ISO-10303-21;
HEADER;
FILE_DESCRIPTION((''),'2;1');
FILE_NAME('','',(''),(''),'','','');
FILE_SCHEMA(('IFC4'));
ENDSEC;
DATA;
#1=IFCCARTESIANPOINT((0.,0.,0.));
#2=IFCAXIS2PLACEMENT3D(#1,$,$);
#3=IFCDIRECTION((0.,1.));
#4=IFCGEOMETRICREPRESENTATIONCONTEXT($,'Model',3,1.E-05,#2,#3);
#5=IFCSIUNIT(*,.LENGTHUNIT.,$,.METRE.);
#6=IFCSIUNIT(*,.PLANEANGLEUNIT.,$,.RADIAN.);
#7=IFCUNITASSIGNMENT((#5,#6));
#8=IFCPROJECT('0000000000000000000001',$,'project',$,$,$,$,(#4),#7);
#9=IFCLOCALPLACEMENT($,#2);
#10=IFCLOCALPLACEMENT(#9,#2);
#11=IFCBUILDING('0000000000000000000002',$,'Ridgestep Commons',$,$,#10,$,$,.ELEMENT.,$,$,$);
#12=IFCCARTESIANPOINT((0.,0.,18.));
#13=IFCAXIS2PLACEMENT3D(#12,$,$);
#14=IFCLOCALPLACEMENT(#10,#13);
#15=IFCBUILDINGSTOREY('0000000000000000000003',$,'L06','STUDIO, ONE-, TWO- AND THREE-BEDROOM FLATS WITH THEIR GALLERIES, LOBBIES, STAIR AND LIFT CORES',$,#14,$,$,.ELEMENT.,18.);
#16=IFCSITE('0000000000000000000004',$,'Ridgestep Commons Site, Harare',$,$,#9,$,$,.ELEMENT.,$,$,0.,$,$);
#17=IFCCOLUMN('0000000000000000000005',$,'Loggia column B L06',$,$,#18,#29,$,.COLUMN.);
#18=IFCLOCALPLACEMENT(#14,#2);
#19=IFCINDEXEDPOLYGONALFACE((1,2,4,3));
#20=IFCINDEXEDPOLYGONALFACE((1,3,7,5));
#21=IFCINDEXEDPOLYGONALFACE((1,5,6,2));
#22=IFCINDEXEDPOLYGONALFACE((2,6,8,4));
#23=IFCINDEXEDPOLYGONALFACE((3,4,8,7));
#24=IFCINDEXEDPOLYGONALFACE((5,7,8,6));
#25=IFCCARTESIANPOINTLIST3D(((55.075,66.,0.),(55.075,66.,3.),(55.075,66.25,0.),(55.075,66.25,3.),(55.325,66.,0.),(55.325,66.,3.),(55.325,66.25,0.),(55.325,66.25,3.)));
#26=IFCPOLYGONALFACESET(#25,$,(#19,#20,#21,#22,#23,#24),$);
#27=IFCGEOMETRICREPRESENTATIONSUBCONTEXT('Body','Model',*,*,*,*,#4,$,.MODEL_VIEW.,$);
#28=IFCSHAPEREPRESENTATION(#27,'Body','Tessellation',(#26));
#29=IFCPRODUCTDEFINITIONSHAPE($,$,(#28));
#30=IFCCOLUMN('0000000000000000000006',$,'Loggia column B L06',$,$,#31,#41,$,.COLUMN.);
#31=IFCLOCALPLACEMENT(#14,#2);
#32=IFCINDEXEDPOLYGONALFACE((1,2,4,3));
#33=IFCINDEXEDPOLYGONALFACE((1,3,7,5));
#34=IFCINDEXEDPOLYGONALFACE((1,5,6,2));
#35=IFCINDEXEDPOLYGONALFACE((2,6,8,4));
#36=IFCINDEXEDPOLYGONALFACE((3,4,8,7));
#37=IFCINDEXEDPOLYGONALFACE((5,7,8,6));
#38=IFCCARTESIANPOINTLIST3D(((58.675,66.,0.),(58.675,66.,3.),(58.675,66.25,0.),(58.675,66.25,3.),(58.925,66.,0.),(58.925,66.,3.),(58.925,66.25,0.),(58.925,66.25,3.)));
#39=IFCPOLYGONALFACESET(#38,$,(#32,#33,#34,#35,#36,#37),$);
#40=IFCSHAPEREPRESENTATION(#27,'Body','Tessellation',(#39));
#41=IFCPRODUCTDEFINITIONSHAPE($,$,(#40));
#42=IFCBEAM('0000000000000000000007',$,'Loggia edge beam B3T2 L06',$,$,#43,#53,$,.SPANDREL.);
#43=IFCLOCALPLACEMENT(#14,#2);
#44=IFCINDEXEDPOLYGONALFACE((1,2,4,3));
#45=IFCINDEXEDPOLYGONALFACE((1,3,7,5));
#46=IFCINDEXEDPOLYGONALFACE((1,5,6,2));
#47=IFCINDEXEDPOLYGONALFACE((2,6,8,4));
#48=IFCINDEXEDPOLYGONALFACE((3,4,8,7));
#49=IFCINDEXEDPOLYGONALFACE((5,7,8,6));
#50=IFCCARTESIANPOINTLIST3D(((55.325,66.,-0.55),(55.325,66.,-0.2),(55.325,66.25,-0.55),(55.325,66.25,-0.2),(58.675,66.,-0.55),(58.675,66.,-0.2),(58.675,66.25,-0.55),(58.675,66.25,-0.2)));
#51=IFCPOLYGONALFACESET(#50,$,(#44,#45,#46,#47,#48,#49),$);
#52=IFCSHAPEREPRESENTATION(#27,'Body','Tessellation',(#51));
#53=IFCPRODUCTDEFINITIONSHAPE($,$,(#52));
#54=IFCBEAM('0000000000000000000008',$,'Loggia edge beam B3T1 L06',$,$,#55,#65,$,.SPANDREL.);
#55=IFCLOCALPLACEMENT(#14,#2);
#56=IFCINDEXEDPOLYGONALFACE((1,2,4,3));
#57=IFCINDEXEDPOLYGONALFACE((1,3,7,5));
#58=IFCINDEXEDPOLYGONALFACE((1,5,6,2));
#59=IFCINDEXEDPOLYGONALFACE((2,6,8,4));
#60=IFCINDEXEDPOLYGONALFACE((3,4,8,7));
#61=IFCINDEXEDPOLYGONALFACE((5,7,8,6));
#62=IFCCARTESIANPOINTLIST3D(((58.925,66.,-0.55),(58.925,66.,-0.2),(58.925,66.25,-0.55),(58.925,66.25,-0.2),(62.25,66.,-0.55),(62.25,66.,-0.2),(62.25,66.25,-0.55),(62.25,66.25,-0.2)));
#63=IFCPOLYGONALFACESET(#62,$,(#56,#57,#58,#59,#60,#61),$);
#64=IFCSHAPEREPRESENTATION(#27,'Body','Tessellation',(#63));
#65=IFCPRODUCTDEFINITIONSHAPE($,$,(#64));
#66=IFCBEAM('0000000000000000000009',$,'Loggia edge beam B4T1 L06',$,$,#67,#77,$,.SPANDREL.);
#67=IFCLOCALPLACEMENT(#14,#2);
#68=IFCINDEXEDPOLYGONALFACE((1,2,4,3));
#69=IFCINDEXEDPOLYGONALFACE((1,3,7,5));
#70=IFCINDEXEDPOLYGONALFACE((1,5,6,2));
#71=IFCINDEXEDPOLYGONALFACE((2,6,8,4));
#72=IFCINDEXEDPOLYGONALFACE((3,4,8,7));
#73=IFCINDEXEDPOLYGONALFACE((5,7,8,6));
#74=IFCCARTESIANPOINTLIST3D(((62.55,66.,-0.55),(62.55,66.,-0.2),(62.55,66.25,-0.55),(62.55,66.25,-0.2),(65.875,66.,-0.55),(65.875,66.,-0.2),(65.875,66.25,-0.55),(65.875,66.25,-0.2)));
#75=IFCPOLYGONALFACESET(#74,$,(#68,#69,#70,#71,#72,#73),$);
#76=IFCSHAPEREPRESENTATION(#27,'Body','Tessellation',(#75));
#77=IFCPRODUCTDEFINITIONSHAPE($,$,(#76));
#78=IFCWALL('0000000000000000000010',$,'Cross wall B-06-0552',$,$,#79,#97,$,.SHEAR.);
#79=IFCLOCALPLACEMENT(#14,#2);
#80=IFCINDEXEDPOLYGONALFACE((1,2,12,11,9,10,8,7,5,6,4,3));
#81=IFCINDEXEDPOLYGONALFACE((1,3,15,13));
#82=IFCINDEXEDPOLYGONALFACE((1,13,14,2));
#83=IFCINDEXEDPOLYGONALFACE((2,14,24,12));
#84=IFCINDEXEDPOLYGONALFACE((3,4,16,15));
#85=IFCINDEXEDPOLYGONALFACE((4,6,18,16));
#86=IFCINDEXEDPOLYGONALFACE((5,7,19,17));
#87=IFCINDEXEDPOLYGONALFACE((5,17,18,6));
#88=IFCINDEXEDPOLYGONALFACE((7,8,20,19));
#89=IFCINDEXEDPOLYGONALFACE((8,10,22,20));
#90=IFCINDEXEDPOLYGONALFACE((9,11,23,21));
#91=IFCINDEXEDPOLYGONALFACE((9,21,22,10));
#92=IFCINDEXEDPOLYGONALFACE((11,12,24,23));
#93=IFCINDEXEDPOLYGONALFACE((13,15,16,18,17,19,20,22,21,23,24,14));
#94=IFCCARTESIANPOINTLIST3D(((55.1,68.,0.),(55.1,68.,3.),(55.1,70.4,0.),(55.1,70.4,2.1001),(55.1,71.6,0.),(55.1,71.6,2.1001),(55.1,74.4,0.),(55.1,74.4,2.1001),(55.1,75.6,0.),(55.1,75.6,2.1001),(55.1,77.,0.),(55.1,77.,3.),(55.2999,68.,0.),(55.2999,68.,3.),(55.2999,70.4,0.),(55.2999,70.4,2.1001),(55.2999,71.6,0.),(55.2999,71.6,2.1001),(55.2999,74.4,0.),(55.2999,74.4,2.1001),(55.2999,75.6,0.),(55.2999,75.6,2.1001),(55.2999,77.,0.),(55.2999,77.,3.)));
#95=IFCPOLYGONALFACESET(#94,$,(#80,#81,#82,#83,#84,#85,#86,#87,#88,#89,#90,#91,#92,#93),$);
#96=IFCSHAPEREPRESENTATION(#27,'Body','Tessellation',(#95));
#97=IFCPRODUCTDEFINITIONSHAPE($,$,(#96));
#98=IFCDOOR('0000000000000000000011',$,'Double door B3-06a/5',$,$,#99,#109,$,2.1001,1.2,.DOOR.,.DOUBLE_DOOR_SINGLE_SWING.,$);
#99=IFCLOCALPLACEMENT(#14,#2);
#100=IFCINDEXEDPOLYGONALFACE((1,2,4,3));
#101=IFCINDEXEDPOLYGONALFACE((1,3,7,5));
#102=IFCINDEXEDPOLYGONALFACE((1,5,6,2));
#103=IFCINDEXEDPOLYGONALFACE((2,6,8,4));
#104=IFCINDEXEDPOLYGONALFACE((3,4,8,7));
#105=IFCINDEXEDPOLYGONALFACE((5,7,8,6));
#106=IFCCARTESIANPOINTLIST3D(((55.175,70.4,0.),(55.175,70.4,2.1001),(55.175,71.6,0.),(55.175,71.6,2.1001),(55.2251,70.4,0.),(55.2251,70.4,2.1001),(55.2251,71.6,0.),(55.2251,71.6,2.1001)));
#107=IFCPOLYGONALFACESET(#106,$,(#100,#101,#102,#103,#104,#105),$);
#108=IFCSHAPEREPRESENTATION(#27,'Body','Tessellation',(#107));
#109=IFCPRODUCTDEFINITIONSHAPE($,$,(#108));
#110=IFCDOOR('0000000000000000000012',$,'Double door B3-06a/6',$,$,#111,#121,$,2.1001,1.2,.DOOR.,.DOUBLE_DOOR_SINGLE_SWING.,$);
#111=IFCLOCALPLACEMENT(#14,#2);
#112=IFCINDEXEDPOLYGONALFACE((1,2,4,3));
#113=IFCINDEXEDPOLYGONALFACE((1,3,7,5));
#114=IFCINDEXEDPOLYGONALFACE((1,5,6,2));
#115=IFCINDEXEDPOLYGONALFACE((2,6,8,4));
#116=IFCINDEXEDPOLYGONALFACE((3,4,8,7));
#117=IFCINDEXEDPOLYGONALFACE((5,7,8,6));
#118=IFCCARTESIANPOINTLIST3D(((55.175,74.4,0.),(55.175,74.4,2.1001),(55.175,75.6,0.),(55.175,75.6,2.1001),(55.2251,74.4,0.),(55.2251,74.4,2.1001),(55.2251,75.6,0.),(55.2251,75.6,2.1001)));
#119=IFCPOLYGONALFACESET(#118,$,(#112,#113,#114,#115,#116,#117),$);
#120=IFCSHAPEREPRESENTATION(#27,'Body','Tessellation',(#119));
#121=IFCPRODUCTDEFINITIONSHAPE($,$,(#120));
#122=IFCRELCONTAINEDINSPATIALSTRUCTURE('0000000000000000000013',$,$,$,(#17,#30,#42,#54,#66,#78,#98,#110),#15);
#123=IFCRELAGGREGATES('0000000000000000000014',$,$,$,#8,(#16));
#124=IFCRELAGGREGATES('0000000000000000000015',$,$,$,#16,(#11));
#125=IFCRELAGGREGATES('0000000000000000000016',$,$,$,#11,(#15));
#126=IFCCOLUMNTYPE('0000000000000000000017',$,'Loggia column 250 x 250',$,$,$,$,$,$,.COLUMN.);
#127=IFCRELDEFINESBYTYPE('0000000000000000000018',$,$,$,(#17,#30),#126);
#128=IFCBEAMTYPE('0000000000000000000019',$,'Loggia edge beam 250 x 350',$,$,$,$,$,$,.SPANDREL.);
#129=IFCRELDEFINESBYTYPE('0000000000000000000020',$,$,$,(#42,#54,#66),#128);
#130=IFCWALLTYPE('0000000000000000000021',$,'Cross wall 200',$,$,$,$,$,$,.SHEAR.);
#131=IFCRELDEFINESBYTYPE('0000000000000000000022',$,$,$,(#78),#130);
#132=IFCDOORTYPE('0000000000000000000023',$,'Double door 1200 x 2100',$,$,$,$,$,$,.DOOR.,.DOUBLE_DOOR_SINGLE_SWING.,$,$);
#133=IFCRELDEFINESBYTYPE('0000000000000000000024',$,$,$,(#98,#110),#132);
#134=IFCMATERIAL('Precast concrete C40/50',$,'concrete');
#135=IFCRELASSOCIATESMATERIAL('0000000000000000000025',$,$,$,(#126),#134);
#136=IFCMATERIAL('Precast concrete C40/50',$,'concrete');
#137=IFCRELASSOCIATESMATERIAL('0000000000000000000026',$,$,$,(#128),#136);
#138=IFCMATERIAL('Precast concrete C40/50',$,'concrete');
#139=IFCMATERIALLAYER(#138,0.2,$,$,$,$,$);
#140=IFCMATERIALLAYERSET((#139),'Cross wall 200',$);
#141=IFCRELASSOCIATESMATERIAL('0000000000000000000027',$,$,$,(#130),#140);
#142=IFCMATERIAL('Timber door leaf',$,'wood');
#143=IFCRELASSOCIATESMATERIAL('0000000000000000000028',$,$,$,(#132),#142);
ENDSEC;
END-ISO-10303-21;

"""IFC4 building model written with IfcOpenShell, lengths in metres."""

from ifc_helpers import new_model, si_unit, direction, frame, frame_2d, origin, origin_2d, place, context, subcontext, project, spatial, rectangle, extrude, material, layer, layer_set, material_profile, profile_set, type_object, element, fill, save


model = new_model("IFC4")

# Units and contexts
model_context = context("Model", 3, precision=1e-05, world=origin(), true_north=direction((0.0, 1.0)))
body_context = subcontext(model_context, "Body", "Model", "MODEL_VIEW")
ifc_project = project(units=[si_unit("LENGTHUNIT", "METRE"), si_unit("PLANEANGLEUNIT", "RADIAN")], contexts=[model_context])

# Site, building, storey
site_placement = place(None, origin())
site = spatial("IfcSite", under=ifc_project, at=site_placement, Name="Ridgestep Commons Site, Harare", CompositionType="ELEMENT", RefElevation=0.0)
building_placement = place(site_placement, origin())
building = spatial("IfcBuilding", under=site, at=building_placement, Name="Ridgestep Commons", CompositionType="ELEMENT")
storey_placement = place(building_placement, frame((0.0, 0.0, 18.0)))
storey = spatial("IfcBuildingStorey", under=building, at=storey_placement, Name="L06", Description="STUDIO, ONE-, TWO- AND THREE-BEDROOM FLATS WITH THEIR GALLERIES, LOBBIES, STAIR AND LIFT CORES", CompositionType="ELEMENT", Elevation=18.0)

# Columns
ifc_material_1 = material(Name="Precast concrete C40/50", Category="concrete")
ifc_material_profile_1 = material_profile(ifc_material_1, rectangle(XDim=0.25, YDim=0.25, at=origin_2d()), Name="PC 250x250")
ifc_profile_set_1 = profile_set([ifc_material_profile_1], Name="Precast concrete C40/50")
column_type = type_object("IfcColumnType", Name="Loggia column 250 x 250", PredefinedType="COLUMN", material=ifc_profile_set_1)
for number, where, z_axis, x_axis, name in (
    (1, (55.2, 66.125, 0.0), (0.0, 0.0, 1.0), (1.0, 0.0, 0.0), "Loggia column B L06"),
    (2, (58.8, 66.125, 0.0), (0.0, 0.0, 1.0), (1.0, 0.0, 0.0), "Loggia column B L06"),
):
    element("IfcColumn", number, at=place(storey_placement, frame(where, z_axis=z_axis, x_axis=x_axis)), inside=storey, type_object=column_type, Name=name, PredefinedType="COLUMN", context=body_context, shape_type="SweptSolid", body=[
        extrude(rectangle(XDim=0.25, YDim=0.25, at=origin_2d()), origin(), (0.0, 0.0, 1.0), 3.0),
    ])

# Beams
ifc_material_2 = material(Name="Precast concrete C40/50", Category="concrete")
ifc_material_profile_2 = material_profile(ifc_material_2, rectangle(XDim=0.25, YDim=0.3501, at=origin_2d()), Name="PC 250x350")
ifc_profile_set_2 = profile_set([ifc_material_profile_2], Name="Precast concrete C40/50")
beam_type = type_object("IfcBeamType", Name="Loggia edge beam 250 x 350", PredefinedType="SPANDREL", material=ifc_profile_set_2)
beam_placement = place(storey_placement, frame((55.325, 66.125, -0.375), z_axis=(1.0, 0.0, 0.0), x_axis=(0.0, 1.0, 0.0)))
element("IfcBeam", 3, at=beam_placement, inside=storey, type_object=beam_type, Name="Loggia edge beam B3T2 L06", PredefinedType="SPANDREL", context=body_context, shape_type="SweptSolid", body=[
    extrude(rectangle(XDim=0.25, YDim=0.3501, at=origin_2d()), origin(), (0.0, 0.0, 1.0), 3.3501),
])
for number, where, z_axis, x_axis, name in (
    (4, (58.925, 66.125, -0.375), (1.0, 0.0, 0.0), (0.0, 1.0, 0.0), "Loggia edge beam B3T1 L06"),
    (5, (62.55, 66.125, -0.375), (1.0, 0.0, 0.0), (0.0, 1.0, 0.0), "Loggia edge beam B4T1 L06"),
):
    element("IfcBeam", number, at=place(storey_placement, frame(where, z_axis=z_axis, x_axis=x_axis)), inside=storey, type_object=beam_type, Name=name, PredefinedType="SPANDREL", context=body_context, shape_type="SweptSolid", body=[
        extrude(rectangle(XDim=0.25, YDim=0.3501, at=origin_2d()), origin(), (0.0, 0.0, 1.0), 3.325),
    ])

# Wall, openings, doors
ifc_material_3 = material(Name="Precast concrete C40/50", Category="concrete")
ifc_layer_1 = layer(ifc_material_3, 0.2)
ifc_layer_set_1 = layer_set([ifc_layer_1], Name="Cross wall 200")
wall_type_1 = type_object("IfcWallType", Name="Cross wall 200", PredefinedType="SHEAR", material=ifc_layer_set_1)
wall_1_placement = place(storey_placement, frame((55.2, 68.0, 0.0), z_axis=(0.0, 0.0, 1.0), x_axis=(0.0, 1.0, 0.0)))
wall_1 = element("IfcWall", 6, at=wall_1_placement, inside=storey, type_object=wall_type_1, Name="Cross wall B-06-0552", PredefinedType="SHEAR", context=body_context, shape_type="SweptSolid", body=[
    extrude(rectangle(XDim=9.0, YDim=0.2, at=frame_2d((4.5, 0.0))), origin(), (0.0, 0.0, 1.0), 3.0),
])
opening_1_placement = place(wall_1_placement, frame((2.3999, 0.0, 0.0)))
opening_1 = element("IfcOpeningElement", 7, at=opening_1_placement, cuts=wall_1, PredefinedType="OPENING", context=body_context, shape_type="SweptSolid", body=[
    extrude(rectangle(XDim=1.2, YDim=2.1001, at=frame_2d((0.6001, 1.05))), frame((0.0, 0.1099, 0.0), z_axis=(0.0, -1.0, 0.0), x_axis=(1.0, 0.0, 0.0)), (0.0, 0.0, 1.0), 0.22),
])
opening_2_placement = place(wall_1_placement, frame((6.3999, 0.0, 0.0)))
opening_2 = element("IfcOpeningElement", 8, at=opening_2_placement, cuts=wall_1, PredefinedType="OPENING", context=body_context, shape_type="SweptSolid", body=[
    extrude(rectangle(XDim=1.2, YDim=2.1001, at=frame_2d((0.6001, 1.05))), frame((0.0, 0.1099, 0.0), z_axis=(0.0, -1.0, 0.0), x_axis=(1.0, 0.0, 0.0)), (0.0, 0.0, 1.0), 0.22),
])
ifc_material_4 = material(Name="Timber door leaf", Category="wood")
door_type_1 = type_object("IfcDoorType", Name="Double door 1200 x 2100", OperationType="DOUBLE_DOOR_SINGLE_SWING", PredefinedType="DOOR", material=ifc_material_4)
door_1_placement = place(opening_1_placement, origin())
door_1 = element("IfcDoor", 9, at=door_1_placement, inside=storey, type_object=door_type_1, Name="Double door B3-06a/5", OperationType="DOUBLE_DOOR_SINGLE_SWING", OverallHeight=2.1001, OverallWidth=1.2, PredefinedType="DOOR", context=body_context, shape_type="SweptSolid", body=[
    extrude(rectangle(XDim=1.2, YDim=2.1001, at=frame_2d((0.6001, 1.05))), frame((0.0, 0.0249, 0.0), z_axis=(0.0, -1.0, 0.0), x_axis=(1.0, 0.0, 0.0)), (0.0, 0.0, 1.0), 0.05),
])
fill(opening_1, door_1)
door_2_placement = place(opening_2_placement, origin())
door_2 = element("IfcDoor", 10, at=door_2_placement, inside=storey, type_object=door_type_1, Name="Double door B3-06a/6", OperationType="DOUBLE_DOOR_SINGLE_SWING", OverallHeight=2.1001, OverallWidth=1.2, PredefinedType="DOOR", context=body_context, shape_type="SweptSolid", body=[
    extrude(rectangle(XDim=1.2, YDim=2.1001, at=frame_2d((0.6001, 1.05))), frame((0.0, 0.0249, 0.0), z_axis=(0.0, -1.0, 0.0), x_axis=(1.0, 0.0, 0.0)), (0.0, 0.0, 1.0), 0.05),
])
fill(opening_2, door_2)

save(model, "model.ifc")
